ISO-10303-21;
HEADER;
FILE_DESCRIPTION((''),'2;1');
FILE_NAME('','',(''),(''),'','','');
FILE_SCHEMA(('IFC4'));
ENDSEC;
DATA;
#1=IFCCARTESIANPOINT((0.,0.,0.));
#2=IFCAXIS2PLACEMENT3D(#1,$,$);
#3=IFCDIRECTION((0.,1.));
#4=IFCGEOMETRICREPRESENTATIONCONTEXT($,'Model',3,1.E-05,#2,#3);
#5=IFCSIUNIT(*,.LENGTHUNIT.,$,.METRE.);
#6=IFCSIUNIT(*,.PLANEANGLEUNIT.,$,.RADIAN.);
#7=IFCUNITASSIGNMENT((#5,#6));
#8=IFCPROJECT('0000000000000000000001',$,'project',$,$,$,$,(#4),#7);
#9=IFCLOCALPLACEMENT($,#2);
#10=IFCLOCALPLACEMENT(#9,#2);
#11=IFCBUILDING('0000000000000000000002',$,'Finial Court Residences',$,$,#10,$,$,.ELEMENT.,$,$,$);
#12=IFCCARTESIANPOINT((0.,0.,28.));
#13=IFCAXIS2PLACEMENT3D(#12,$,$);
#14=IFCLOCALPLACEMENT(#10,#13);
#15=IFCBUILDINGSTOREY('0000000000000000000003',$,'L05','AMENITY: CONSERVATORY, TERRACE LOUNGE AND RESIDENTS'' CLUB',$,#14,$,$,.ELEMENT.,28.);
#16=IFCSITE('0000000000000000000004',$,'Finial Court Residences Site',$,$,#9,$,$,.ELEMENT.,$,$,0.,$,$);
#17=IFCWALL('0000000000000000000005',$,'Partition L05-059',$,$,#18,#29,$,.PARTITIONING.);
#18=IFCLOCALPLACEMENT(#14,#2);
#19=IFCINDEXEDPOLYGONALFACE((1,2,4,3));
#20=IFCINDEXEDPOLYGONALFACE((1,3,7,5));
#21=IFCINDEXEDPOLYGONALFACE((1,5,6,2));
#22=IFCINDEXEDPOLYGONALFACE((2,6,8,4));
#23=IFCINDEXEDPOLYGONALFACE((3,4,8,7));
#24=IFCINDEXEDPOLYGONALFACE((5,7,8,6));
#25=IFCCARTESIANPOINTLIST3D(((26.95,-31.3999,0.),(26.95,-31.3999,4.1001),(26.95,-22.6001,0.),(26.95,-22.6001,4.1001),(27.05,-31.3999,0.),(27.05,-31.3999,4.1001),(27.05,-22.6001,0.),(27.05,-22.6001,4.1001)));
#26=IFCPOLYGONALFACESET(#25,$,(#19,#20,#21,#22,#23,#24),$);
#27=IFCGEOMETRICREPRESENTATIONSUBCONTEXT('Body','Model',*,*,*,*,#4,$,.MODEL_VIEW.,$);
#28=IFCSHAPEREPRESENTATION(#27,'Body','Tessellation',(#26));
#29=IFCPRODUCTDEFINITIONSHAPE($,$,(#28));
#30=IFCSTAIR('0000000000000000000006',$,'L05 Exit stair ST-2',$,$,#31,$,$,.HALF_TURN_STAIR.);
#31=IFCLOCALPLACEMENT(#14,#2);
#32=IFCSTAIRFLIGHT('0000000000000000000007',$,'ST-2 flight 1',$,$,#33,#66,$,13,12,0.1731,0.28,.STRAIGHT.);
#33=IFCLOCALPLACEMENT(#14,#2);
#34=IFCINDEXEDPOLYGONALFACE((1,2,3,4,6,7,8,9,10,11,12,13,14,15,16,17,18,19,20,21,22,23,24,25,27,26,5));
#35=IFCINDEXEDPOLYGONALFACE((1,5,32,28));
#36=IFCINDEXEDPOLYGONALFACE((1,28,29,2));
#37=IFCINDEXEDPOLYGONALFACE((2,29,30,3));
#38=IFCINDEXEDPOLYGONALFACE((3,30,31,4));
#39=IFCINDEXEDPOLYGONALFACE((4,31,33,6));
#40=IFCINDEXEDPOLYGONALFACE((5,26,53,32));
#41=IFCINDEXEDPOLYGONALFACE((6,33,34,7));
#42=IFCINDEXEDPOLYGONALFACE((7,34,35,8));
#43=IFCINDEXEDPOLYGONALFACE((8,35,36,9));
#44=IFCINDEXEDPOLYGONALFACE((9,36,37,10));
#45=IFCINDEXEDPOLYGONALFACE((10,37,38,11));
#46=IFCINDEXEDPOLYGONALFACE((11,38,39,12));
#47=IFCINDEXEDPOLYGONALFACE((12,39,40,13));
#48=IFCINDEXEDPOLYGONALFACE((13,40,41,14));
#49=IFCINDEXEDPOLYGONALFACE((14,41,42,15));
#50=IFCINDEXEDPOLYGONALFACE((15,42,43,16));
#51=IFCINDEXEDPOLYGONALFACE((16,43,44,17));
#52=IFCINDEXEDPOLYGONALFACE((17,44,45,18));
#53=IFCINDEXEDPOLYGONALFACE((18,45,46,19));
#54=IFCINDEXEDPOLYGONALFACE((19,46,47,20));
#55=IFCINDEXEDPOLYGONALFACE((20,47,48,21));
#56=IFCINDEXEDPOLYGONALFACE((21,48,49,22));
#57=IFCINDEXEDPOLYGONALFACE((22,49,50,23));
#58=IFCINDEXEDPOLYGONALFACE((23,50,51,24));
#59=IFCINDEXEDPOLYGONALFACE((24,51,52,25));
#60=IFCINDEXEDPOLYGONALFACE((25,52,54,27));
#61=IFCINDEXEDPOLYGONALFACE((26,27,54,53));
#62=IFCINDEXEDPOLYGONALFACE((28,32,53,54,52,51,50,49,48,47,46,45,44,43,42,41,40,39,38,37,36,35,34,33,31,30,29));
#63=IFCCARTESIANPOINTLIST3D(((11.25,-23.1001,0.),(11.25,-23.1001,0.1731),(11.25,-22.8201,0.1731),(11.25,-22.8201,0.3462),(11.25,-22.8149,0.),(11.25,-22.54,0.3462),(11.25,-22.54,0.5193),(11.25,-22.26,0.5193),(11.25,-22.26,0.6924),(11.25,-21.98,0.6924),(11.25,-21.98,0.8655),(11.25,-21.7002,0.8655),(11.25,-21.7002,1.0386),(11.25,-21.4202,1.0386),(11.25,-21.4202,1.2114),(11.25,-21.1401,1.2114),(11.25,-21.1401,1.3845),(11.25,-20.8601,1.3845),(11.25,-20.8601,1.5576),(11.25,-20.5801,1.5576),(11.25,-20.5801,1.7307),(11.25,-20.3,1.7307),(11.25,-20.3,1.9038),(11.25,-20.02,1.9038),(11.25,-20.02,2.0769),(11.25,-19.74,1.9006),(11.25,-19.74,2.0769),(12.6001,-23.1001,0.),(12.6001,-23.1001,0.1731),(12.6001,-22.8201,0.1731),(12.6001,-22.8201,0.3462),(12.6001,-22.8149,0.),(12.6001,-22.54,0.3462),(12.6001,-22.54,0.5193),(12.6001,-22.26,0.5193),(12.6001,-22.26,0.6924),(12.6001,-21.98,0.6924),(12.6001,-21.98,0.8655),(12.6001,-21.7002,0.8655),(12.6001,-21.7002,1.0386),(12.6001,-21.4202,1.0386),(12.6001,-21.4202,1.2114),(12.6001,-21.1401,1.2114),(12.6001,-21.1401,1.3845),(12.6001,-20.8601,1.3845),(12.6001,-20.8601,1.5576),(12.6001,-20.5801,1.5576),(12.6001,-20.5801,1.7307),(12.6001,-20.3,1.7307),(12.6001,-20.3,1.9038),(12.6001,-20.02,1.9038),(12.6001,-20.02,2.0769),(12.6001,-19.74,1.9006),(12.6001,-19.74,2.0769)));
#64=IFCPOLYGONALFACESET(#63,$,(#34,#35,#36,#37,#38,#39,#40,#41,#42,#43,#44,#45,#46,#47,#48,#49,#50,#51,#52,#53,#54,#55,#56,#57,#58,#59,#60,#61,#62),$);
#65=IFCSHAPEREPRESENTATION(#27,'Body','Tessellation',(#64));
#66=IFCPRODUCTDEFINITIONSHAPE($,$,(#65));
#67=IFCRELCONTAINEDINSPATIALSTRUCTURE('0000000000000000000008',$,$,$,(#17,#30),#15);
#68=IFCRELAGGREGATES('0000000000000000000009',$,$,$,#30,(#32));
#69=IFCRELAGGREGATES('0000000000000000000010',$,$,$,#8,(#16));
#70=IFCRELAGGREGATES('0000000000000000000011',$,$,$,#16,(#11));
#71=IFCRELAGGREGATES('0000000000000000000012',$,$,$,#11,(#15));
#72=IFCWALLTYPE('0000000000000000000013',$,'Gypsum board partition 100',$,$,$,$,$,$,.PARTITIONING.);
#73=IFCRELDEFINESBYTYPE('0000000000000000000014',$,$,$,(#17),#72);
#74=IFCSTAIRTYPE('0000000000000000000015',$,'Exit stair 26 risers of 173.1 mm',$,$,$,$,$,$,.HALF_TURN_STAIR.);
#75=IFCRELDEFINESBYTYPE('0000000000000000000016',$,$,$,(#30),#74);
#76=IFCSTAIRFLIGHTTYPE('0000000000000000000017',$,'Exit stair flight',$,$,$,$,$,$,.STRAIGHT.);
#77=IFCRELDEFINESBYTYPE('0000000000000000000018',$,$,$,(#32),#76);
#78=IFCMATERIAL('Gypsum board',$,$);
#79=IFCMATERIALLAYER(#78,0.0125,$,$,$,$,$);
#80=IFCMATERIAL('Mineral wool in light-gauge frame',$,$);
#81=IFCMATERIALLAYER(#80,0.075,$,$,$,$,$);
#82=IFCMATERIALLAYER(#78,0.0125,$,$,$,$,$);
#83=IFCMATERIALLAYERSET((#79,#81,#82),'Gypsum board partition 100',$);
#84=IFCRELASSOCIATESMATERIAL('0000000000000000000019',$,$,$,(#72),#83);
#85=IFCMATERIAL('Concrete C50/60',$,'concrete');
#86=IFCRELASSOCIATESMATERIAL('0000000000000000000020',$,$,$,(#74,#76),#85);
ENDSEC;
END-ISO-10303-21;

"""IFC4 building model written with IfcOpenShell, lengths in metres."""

from ifc_helpers import new_model, si_unit, direction, frame, frame_2d, origin, place, context, subcontext, project, spatial, polyline, rectangle, outline, extrude, material, layer, layer_set, type_object, element, aggregate, save


model = new_model("IFC4")

# Units and contexts
model_context = context("Model", 3, precision=1e-05, world=origin(), true_north=direction((0.0, 1.0)))
body_context = subcontext(model_context, "Body", "Model", "MODEL_VIEW")
ifc_project = project(units=[si_unit("LENGTHUNIT", "METRE"), si_unit("PLANEANGLEUNIT", "RADIAN")], contexts=[model_context])

# Site, building, storey
site_placement = place(None, origin())
site = spatial("IfcSite", under=ifc_project, at=site_placement, Name="Finial Court Residences Site", CompositionType="ELEMENT", RefElevation=0.0)
building_placement = place(site_placement, origin())
building = spatial("IfcBuilding", under=site, at=building_placement, Name="Finial Court Residences", CompositionType="ELEMENT")
storey_placement = place(building_placement, frame((0.0, 0.0, 28.0)))
storey = spatial("IfcBuildingStorey", under=building, at=storey_placement, Name="L05", Description="AMENITY: CONSERVATORY, TERRACE LOUNGE AND RESIDENTS' CLUB", CompositionType="ELEMENT", Elevation=28.0)

# Shared definitions
ifc_material_1 = material(Name="Concrete C50/60", Category="concrete")

# Wall
ifc_material_2 = material(Name="Gypsum board")
ifc_layer_1 = layer(ifc_material_2, 0.0125)
ifc_material_3 = material(Name="Mineral wool in light-gauge frame")
ifc_layer_2 = layer(ifc_material_3, 0.075)
ifc_layer_3 = layer(ifc_material_2, 0.0125)
ifc_layer_set_1 = layer_set([ifc_layer_1, ifc_layer_2, ifc_layer_3], Name="Gypsum board partition 100")
wall_type_1 = type_object("IfcWallType", Name="Gypsum board partition 100", PredefinedType="PARTITIONING", material=ifc_layer_set_1)
wall_1_placement = place(storey_placement, frame((27.0, -31.3999, 0.0), z_axis=(0.0, 0.0, 1.0), x_axis=(0.0, 1.0, 0.0)))
element("IfcWall", 1, at=wall_1_placement, inside=storey, type_object=wall_type_1, Name="Partition L05-059", PredefinedType="PARTITIONING", context=body_context, shape_type="SweptSolid", body=[
    extrude(rectangle(XDim=8.7998, YDim=0.1001, at=frame_2d((4.3999, 0.0))), origin(), (0.0, 0.0, 1.0), 4.1001),
])

# Stair, stair flight
stair_type = type_object("IfcStairType", Name="Exit stair 26 risers of 173.1 mm", PredefinedType="HALF_TURN_STAIR", material=ifc_material_1)
stair_placement = place(storey_placement, origin())
stair = element("IfcStair", 2, at=stair_placement, inside=storey, type_object=stair_type, Name="L05 Exit stair ST-2", PredefinedType="HALF_TURN_STAIR")
stair_flight_type = type_object("IfcStairFlightType", Name="Exit stair flight", PredefinedType="STRAIGHT", material=ifc_material_1)
stair_flight_placement = place(storey_placement, frame((11.925, -23.1001, 0.0), z_axis=(0.0, 0.0, 1.0), x_axis=(0.0, 1.0, 0.0)))
stair_flight = element("IfcStairFlight", 3, at=stair_flight_placement, type_object=stair_flight_type, Name="ST-2 flight 1", NumberOfRisers=13, NumberOfTreads=12, PredefinedType="STRAIGHT", RiserHeight=0.1731, TreadLength=0.28, context=body_context, shape_type="SweptSolid", body=[
    extrude(outline(polyline([(0.0, 0.0), (0.0, 0.1731), (0.28, 0.1731), (0.28, 0.3462), (0.5601, 0.3462), (0.5601, 0.5193), (0.8401, 0.5193), (0.8401, 0.6924), (1.1201, 0.6924), (1.1201, 0.8655), (1.3999, 0.8655), (1.3999, 1.0386), (1.6799, 1.0386), (1.6799, 1.2114), (1.96, 1.2114), (1.96, 1.3845), (2.24, 1.3845), (2.24, 1.5576), (2.52, 1.5576), (2.52, 1.7307), (2.8, 1.7307), (2.8, 1.9038), (3.0801, 1.9038), (3.0801, 2.0769), (3.3601, 2.0769), (3.3601, 2.25), (3.3601, 1.9006), (0.2852, 0.0), (0.0, 0.0)])), frame((0.0, 0.675, 0.0), z_axis=(0.0, -1.0, 0.0), x_axis=(1.0, 0.0, 0.0)), (0.0, 0.0, 1.0), 1.3501),
])
aggregate(stair, [stair_flight])

save(model, "model.ifc")
